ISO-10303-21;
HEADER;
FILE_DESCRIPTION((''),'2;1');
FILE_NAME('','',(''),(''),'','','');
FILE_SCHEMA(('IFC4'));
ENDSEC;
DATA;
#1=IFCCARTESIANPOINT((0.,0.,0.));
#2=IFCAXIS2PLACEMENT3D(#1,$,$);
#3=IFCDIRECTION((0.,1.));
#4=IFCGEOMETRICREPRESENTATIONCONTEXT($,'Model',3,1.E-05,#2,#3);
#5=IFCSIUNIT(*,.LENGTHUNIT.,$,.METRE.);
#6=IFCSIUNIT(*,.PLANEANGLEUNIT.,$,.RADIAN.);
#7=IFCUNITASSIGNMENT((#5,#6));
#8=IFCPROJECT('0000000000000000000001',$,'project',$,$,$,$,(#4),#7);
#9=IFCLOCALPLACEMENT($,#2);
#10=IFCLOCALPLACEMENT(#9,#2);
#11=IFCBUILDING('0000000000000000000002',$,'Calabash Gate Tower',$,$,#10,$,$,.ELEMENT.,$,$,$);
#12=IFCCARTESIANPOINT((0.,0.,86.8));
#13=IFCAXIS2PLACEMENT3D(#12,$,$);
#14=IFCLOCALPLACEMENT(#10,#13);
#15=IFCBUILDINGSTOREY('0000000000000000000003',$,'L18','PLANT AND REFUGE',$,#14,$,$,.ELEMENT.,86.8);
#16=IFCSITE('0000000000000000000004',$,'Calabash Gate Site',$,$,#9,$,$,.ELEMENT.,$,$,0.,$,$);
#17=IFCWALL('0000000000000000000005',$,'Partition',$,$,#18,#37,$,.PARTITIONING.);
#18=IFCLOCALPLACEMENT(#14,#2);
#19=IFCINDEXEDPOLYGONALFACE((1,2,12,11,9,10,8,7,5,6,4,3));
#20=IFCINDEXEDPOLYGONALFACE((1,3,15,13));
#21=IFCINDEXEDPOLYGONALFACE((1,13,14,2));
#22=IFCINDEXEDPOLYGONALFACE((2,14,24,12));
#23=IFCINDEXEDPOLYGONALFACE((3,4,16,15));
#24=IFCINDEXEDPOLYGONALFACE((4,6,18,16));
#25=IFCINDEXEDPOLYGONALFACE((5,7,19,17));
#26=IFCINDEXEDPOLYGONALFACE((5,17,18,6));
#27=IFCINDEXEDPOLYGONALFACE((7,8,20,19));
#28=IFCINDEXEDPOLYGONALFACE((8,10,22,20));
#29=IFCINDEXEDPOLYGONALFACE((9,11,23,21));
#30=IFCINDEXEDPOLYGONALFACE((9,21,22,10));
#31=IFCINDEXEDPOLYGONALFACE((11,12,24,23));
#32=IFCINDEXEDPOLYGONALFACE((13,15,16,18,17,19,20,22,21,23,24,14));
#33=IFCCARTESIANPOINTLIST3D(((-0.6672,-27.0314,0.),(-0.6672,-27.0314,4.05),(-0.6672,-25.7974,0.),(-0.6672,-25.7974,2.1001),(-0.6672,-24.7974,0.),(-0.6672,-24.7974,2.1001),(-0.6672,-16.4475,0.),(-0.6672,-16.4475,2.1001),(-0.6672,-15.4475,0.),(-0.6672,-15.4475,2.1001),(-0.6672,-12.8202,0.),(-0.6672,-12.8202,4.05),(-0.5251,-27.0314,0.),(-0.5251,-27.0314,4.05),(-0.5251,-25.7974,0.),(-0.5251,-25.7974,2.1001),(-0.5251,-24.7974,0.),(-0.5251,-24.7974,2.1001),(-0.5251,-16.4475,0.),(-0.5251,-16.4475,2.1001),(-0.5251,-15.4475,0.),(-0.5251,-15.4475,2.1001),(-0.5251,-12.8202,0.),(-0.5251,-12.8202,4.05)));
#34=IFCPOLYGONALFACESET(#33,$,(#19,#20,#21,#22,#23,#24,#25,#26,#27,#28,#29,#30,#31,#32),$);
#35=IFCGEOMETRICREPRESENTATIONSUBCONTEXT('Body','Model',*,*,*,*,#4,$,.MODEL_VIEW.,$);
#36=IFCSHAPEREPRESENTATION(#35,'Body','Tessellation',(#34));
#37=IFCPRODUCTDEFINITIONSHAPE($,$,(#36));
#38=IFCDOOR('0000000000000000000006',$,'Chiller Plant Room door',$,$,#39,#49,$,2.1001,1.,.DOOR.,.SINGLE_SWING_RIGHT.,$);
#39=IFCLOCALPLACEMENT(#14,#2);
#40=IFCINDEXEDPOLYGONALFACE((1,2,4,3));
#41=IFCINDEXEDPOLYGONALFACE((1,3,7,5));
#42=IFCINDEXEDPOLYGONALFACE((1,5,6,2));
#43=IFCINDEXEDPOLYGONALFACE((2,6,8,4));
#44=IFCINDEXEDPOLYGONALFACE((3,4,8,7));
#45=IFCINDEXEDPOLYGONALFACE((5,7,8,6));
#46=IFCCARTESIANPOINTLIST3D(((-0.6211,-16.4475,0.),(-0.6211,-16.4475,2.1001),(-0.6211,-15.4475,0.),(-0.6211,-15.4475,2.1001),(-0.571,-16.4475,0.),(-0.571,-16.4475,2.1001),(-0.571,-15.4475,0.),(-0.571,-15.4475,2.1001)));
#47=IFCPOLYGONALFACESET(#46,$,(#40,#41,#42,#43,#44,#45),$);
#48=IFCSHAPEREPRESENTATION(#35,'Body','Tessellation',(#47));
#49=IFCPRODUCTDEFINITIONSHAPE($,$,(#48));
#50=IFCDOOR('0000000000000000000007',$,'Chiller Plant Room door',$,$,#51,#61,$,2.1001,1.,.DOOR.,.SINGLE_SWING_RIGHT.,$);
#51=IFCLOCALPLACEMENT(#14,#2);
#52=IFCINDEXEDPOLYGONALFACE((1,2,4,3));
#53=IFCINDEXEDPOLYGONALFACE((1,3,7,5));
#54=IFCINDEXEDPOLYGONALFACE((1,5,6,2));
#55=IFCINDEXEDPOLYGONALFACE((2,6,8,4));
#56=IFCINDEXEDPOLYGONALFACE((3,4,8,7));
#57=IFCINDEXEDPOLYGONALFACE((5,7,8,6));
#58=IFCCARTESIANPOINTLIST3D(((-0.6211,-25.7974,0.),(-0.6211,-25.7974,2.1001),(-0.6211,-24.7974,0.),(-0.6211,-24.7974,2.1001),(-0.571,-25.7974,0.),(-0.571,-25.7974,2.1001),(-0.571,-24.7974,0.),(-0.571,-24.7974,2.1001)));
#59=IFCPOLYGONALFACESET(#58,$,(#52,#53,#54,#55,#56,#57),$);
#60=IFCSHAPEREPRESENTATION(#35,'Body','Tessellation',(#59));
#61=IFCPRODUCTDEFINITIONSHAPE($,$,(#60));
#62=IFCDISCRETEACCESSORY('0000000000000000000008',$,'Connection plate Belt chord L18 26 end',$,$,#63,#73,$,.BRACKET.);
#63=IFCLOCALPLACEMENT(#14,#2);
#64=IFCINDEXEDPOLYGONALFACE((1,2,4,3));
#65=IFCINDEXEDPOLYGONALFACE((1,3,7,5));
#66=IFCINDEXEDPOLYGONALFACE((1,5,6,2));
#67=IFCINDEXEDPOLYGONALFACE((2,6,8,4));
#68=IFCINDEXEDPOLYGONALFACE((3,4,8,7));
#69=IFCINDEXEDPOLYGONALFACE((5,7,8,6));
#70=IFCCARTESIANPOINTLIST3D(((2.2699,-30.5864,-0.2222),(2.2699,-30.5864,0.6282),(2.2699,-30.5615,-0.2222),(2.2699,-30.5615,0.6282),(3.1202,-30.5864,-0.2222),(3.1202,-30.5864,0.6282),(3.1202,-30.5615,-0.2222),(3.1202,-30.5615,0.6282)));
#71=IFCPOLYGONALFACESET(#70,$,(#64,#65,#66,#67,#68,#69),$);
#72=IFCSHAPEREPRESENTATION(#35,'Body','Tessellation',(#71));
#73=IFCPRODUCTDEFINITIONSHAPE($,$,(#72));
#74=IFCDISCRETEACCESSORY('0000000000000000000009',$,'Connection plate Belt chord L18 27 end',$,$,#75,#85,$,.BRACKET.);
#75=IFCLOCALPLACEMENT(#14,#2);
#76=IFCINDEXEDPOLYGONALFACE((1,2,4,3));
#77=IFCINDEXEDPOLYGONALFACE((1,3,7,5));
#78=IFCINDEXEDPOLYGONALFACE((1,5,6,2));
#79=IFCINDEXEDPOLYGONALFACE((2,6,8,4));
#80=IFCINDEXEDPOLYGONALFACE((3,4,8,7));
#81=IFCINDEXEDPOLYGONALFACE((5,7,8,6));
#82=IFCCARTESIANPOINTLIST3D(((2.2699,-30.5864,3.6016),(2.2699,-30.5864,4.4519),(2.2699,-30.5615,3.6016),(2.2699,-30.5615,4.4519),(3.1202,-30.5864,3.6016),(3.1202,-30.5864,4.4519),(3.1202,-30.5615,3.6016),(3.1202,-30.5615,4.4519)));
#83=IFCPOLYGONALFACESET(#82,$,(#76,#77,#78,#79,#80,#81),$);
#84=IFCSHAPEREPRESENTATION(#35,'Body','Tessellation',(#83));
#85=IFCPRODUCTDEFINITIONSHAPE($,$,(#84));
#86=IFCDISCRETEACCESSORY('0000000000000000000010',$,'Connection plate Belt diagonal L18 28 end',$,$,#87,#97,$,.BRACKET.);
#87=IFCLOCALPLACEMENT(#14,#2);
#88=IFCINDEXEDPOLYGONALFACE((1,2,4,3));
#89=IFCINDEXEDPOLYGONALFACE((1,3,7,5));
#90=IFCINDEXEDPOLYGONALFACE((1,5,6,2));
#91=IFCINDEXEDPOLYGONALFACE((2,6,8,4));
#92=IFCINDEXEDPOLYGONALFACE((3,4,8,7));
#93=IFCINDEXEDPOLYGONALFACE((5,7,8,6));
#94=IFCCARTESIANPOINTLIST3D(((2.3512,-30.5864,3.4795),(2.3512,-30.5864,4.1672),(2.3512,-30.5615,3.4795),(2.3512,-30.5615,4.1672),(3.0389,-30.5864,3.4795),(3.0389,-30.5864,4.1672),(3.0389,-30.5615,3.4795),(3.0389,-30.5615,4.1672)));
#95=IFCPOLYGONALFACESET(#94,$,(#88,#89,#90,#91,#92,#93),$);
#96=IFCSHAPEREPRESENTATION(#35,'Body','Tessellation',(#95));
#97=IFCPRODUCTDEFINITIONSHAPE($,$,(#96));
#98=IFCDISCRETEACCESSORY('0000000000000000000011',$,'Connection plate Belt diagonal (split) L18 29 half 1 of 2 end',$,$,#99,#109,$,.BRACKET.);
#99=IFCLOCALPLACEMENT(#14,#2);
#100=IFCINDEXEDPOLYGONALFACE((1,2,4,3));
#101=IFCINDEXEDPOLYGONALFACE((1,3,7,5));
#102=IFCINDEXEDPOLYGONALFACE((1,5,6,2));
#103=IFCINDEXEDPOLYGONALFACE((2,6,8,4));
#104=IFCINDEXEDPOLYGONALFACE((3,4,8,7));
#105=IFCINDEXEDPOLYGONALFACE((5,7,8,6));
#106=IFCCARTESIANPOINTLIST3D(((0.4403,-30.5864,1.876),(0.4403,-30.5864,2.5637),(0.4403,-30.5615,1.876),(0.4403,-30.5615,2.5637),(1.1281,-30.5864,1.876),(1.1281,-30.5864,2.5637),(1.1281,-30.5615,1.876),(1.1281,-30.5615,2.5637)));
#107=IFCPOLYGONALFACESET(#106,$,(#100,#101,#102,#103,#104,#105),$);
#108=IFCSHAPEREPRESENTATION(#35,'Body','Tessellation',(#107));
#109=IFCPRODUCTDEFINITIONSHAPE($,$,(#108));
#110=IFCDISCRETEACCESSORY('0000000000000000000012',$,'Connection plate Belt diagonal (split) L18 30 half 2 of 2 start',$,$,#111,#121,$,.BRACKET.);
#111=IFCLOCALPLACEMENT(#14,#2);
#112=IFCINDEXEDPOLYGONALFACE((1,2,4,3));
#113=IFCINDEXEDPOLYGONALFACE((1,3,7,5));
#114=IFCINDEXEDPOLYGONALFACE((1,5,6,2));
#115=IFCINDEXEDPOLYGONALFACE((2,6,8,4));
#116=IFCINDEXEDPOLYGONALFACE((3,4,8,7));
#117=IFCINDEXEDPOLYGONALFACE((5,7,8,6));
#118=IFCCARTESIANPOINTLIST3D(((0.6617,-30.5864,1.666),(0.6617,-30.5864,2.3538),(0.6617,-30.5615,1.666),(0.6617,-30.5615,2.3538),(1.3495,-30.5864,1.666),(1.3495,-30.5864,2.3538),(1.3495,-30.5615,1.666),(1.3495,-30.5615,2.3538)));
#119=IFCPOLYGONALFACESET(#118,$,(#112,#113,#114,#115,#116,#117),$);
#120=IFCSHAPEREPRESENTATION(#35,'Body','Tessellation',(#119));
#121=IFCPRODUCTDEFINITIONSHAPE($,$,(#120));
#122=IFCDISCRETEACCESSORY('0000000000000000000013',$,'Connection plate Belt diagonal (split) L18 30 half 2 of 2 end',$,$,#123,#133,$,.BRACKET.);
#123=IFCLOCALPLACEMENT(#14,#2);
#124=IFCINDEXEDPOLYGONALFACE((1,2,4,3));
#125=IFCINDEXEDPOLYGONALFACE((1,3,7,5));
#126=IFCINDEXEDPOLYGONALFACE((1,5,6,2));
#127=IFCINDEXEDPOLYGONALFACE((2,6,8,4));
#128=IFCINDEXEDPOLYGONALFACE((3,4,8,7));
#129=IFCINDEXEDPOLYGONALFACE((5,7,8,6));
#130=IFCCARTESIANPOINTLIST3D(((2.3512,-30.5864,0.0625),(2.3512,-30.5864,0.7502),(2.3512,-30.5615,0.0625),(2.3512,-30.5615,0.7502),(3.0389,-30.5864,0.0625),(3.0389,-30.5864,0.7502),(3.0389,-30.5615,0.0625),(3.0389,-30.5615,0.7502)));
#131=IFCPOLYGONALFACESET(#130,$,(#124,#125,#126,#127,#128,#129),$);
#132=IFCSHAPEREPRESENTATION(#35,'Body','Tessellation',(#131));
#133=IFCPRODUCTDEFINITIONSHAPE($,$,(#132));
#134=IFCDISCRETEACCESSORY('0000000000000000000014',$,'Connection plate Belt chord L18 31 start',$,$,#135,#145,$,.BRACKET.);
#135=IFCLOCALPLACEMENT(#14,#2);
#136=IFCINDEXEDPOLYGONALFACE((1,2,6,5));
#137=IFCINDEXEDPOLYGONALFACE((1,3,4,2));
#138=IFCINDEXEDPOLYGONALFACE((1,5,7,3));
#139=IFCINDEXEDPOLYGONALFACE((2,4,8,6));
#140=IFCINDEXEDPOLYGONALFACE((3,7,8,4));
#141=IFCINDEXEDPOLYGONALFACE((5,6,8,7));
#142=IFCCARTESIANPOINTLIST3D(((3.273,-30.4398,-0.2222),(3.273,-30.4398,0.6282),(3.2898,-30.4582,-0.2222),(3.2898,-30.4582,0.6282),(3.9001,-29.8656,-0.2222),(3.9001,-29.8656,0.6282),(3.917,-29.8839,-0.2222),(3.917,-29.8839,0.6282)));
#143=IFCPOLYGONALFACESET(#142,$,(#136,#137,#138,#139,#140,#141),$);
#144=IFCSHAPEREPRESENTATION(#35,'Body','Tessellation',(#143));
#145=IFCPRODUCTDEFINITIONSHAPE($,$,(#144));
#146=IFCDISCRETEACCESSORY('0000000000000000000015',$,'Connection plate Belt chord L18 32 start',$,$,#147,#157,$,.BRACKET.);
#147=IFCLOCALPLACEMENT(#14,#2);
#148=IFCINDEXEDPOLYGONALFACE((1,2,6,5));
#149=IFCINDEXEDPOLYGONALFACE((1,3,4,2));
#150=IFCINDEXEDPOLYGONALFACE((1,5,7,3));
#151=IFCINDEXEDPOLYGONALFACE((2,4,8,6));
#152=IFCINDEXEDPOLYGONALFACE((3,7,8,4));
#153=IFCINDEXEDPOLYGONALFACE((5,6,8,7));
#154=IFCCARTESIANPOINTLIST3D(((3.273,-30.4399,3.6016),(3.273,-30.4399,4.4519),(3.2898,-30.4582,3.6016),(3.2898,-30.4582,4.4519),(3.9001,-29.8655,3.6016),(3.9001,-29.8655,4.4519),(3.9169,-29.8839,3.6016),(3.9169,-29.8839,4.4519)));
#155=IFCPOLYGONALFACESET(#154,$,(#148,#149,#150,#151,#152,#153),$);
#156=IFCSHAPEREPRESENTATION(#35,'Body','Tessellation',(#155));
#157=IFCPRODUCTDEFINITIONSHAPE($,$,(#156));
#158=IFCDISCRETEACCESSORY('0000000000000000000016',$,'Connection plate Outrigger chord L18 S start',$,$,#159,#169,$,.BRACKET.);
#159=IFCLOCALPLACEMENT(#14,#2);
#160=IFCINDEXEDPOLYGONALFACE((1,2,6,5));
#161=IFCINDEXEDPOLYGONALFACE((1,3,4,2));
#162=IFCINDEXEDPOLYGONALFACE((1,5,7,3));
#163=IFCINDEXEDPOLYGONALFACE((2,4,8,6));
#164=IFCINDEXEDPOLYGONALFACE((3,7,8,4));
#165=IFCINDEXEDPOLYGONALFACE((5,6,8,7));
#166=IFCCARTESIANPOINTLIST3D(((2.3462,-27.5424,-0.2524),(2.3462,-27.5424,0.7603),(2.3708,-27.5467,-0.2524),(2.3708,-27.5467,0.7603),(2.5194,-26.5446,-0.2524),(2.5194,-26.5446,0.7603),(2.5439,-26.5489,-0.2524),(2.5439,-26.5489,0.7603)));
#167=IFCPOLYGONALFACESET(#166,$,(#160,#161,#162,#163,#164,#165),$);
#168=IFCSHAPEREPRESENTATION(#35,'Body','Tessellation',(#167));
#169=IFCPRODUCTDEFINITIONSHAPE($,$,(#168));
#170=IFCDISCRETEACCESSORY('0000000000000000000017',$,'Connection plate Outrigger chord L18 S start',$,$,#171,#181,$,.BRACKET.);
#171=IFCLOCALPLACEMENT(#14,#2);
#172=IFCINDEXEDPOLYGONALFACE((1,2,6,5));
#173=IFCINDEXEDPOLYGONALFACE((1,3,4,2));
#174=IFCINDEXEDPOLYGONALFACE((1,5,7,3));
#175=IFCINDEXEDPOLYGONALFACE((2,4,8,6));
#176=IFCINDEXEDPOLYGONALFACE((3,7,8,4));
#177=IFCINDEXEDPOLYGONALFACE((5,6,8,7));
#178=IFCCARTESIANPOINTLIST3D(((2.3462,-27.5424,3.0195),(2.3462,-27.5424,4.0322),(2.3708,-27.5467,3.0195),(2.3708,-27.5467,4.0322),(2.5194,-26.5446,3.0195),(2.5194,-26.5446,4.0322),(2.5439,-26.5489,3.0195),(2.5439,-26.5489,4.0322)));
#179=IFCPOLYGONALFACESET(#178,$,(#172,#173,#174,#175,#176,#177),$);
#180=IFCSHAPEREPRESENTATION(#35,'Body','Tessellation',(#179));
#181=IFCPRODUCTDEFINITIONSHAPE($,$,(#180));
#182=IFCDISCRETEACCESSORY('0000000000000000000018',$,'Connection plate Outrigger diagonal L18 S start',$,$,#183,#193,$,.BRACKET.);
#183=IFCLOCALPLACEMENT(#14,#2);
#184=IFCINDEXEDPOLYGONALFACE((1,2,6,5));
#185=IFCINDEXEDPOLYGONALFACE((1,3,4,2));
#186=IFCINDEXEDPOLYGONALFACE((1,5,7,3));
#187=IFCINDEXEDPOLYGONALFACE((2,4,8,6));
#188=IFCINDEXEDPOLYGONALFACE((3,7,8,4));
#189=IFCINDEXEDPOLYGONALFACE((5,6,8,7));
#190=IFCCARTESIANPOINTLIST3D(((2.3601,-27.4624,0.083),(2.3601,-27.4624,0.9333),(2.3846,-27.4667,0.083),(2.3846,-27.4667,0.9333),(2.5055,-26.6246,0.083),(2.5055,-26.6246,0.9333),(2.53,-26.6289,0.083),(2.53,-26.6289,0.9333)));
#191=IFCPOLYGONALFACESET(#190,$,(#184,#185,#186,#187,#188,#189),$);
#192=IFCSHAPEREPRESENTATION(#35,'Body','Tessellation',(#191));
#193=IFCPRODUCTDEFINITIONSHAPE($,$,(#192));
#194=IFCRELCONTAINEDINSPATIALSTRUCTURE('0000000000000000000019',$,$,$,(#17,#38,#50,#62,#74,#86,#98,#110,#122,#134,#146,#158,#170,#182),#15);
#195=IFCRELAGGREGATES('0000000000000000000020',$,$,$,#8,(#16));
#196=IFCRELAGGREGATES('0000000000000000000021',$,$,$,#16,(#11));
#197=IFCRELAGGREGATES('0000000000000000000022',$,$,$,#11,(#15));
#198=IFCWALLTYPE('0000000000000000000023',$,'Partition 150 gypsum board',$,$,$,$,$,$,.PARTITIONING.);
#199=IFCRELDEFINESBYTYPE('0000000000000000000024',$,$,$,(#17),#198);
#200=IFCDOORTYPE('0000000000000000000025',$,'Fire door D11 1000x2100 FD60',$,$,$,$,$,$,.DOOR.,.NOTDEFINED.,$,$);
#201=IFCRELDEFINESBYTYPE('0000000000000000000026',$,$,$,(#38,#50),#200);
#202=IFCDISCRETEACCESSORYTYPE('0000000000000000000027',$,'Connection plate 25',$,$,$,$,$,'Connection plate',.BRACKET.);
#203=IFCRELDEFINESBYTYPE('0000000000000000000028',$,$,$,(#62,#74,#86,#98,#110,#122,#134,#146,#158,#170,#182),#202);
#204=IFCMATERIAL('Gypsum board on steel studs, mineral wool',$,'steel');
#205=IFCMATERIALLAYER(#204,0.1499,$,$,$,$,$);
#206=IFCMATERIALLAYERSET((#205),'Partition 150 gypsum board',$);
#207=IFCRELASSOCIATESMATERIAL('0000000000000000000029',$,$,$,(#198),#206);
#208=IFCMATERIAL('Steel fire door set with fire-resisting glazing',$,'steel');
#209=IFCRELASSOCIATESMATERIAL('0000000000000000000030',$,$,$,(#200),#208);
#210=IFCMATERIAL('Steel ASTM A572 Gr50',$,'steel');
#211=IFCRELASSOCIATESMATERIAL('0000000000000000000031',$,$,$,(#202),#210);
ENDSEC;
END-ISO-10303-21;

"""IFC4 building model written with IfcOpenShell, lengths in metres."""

from ifc_helpers import new_model, si_unit, direction, frame, frame_2d, origin, origin_2d, place, context, subcontext, project, spatial, rectangle, extrude, material, layer, layer_set, type_object, element, fill, save


model = new_model("IFC4")

# Units and contexts
model_context = context("Model", 3, precision=1e-05, world=origin(), true_north=direction((0.0, 1.0)))
body_context = subcontext(model_context, "Body", "Model", "MODEL_VIEW")
ifc_project = project(units=[si_unit("LENGTHUNIT", "METRE"), si_unit("PLANEANGLEUNIT", "RADIAN")], contexts=[model_context])

# Site, building, storey
site_placement = place(None, origin())
site = spatial("IfcSite", under=ifc_project, at=site_placement, Name="Calabash Gate Site", CompositionType="ELEMENT", RefElevation=0.0)
building_placement = place(site_placement, origin())
building = spatial("IfcBuilding", under=site, at=building_placement, Name="Calabash Gate Tower", CompositionType="ELEMENT")
storey_placement = place(building_placement, frame((0.0, 0.0, 86.8)))
storey = spatial("IfcBuildingStorey", under=building, at=storey_placement, Name="L18", Description="PLANT AND REFUGE", CompositionType="ELEMENT", Elevation=86.8)

# Shared definitions
ifc_material_1 = material(Name="Gypsum board on steel studs, mineral wool", Category="steel")
ifc_layer = layer(ifc_material_1, 0.1499)
ifc_layer_set = layer_set([ifc_layer], Name="Partition 150 gypsum board")
wall_type = type_object("IfcWallType", Name="Partition 150 gypsum board", PredefinedType="PARTITIONING", material=ifc_layer_set)

# Wall, openings, doors
wall_1_placement = place(storey_placement, frame((-0.5962, -27.0312, 0.0), z_axis=(0.0, 0.0, 1.0), x_axis=(0.0, 1.0, 0.0)))
wall_1 = element("IfcWall", 1, at=wall_1_placement, inside=storey, type_object=wall_type, Name="Partition", PredefinedType="PARTITIONING", context=body_context, shape_type="SweptSolid", body=[
    extrude(rectangle(XDim=14.2112, YDim=0.1421, at=frame_2d((7.1055, 0.0))), origin(), (0.0, 0.0, 1.0), 4.05),
])
opening_1_placement = place(wall_1_placement, frame((10.5837, 0.0, 0.0)))
opening_1 = element("IfcOpeningElement", 2, at=opening_1_placement, cuts=wall_1, PredefinedType="OPENING", context=body_context, shape_type="SweptSolid", body=[
    extrude(rectangle(XDim=1.0, YDim=2.1001, at=frame_2d((0.5, 1.05))), frame((0.0, 0.0811, 0.0), z_axis=(0.0, -1.0, 0.0), x_axis=(1.0, 0.0, 0.0)), (0.0, 0.0, 1.0), 0.1621),
])
opening_2_placement = place(wall_1_placement, frame((1.2339, 0.0, 0.0)))
opening_2 = element("IfcOpeningElement", 3, at=opening_2_placement, cuts=wall_1, PredefinedType="OPENING", context=body_context, shape_type="SweptSolid", body=[
    extrude(rectangle(XDim=1.0, YDim=2.1001, at=frame_2d((0.5, 1.05))), frame((0.0, 0.0811, 0.0), z_axis=(0.0, -1.0, 0.0), x_axis=(1.0, 0.0, 0.0)), (0.0, 0.0, 1.0), 0.1621),
])
ifc_material_2 = material(Name="Steel fire door set with fire-resisting glazing", Category="steel")
door_type = type_object("IfcDoorType", Name="Fire door D11 1000x2100 FD60", OperationType="NOTDEFINED", PredefinedType="DOOR", material=ifc_material_2)
door_1_placement = place(opening_1_placement, origin())
door_1 = element("IfcDoor", 4, at=door_1_placement, inside=storey, type_object=door_type, Name="Chiller Plant Room door", OperationType="SINGLE_SWING_RIGHT", OverallHeight=2.1001, OverallWidth=1.0, PredefinedType="DOOR", context=body_context, shape_type="SweptSolid", body=[
    extrude(rectangle(XDim=1.0, YDim=2.1001, at=frame_2d((0.5, 1.05))), frame((0.0, 0.0249, 0.0), z_axis=(0.0, -1.0, 0.0), x_axis=(1.0, 0.0, 0.0)), (0.0, 0.0, 1.0), 0.05),
])
fill(opening_1, door_1)
door_2_placement = place(opening_2_placement, origin())
door_2 = element("IfcDoor", 5, at=door_2_placement, inside=storey, type_object=door_type, Name="Chiller Plant Room door", OperationType="SINGLE_SWING_RIGHT", OverallHeight=2.1001, OverallWidth=1.0, PredefinedType="DOOR", context=body_context, shape_type="SweptSolid", body=[
    extrude(rectangle(XDim=1.0, YDim=2.1001, at=frame_2d((0.5, 1.05))), frame((0.0, 0.0249, 0.0), z_axis=(0.0, -1.0, 0.0), x_axis=(1.0, 0.0, 0.0)), (0.0, 0.0, 1.0), 0.05),
])
fill(opening_2, door_2)

# Discrete accessories
ifc_material_3 = material(Name="Steel ASTM A572 Gr50", Category="steel")
discrete_accessory_type = type_object("IfcDiscreteAccessoryType", Name="Connection plate 25", ElementType="Connection plate", PredefinedType="BRACKET", material=ifc_material_3)
for number, where, z_axis, x_axis, name in (
    (6, (2.6951, -30.574, -0.2222), (0.0, 0.0, 1.0), (1.0, 0.0, 0.0), "Connection plate Belt chord L18 26 end"),
    (7, (2.6951, -30.574, 3.6016), (0.0, 0.0, 1.0), (1.0, 0.0, 0.0), "Connection plate Belt chord L18 27 end"),
):
    element("IfcDiscreteAccessory", number, at=place(storey_placement, frame(where, z_axis=z_axis, x_axis=x_axis)), inside=storey, type_object=discrete_accessory_type, Name=name, PredefinedType="BRACKET", context=body_context, shape_type="SweptSolid", body=[
        extrude(rectangle(XDim=0.8503, YDim=0.0249, at=origin_2d()), origin(), (0.0, 0.0, 1.0), 0.8503),
    ])
for number, where, z_axis, x_axis, name in (
    (8, (2.6951, -30.574, 3.4795), (0.0, 0.0, 1.0), (1.0, 0.0, 0.0), "Connection plate Belt diagonal L18 28 end"),
    (9, (0.7842, -30.574, 1.876), (0.0, 0.0, 1.0), (1.0, 0.0, 0.0), "Connection plate Belt diagonal (split) L18 29 half 1 of 2 end"),
    (10, (1.0056, -30.574, 1.666), (0.0, 0.0, 1.0), (1.0, 0.0, 0.0), "Connection plate Belt diagonal (split) L18 30 half 2 of 2 start"),
    (11, (2.6951, -30.574, 0.0625), (0.0, 0.0, 1.0), (1.0, 0.0, 0.0), "Connection plate Belt diagonal (split) L18 30 half 2 of 2 end"),
):
    element("IfcDiscreteAccessory", number, at=place(storey_placement, frame(where, z_axis=z_axis, x_axis=x_axis)), inside=storey, type_object=discrete_accessory_type, Name=name, PredefinedType="BRACKET", context=body_context, shape_type="SweptSolid", body=[
        extrude(rectangle(XDim=0.6877, YDim=0.0249, at=origin_2d()), origin(), (0.0, 0.0, 1.0), 0.6877),
    ])
for number, where, z_axis, x_axis, name in (
    (12, (3.595, -30.1619, -0.2222), (0.0, 0.0, 1.0), (0.737536, 0.675308, 0.0), "Connection plate Belt chord L18 31 start"),
    (13, (3.595, -30.1619, 3.6016), (0.0, 0.0, 1.0), (0.737436, 0.675416, 0.0), "Connection plate Belt chord L18 32 start"),
):
    element("IfcDiscreteAccessory", number, at=place(storey_placement, frame(where, z_axis=z_axis, x_axis=x_axis)), inside=storey, type_object=discrete_accessory_type, Name=name, PredefinedType="BRACKET", context=body_context, shape_type="SweptSolid", body=[
        extrude(rectangle(XDim=0.8503, YDim=0.0249, at=origin_2d()), origin(), (0.0, 0.0, 1.0), 0.8503),
    ])
for number, where, z_axis, x_axis, name in (
    (14, (2.4451, -27.0457, -0.2524), (0.0, 0.0, 1.0), (0.170985, 0.985274, 0.0), "Connection plate Outrigger chord L18 S start"),
    (15, (2.4451, -27.0457, 3.0195), (0.0, 0.0, 1.0), (0.170985, 0.985274, 0.0), "Connection plate Outrigger chord L18 S start"),
):
    element("IfcDiscreteAccessory", number, at=place(storey_placement, frame(where, z_axis=z_axis, x_axis=x_axis)), inside=storey, type_object=discrete_accessory_type, Name=name, PredefinedType="BRACKET", context=body_context, shape_type="SweptSolid", body=[
        extrude(rectangle(XDim=1.0127, YDim=0.0249, at=origin_2d()), origin(), (0.0, 0.0, 1.0), 1.0127),
    ])
discrete_accessory_placement = place(storey_placement, frame((2.4451, -27.0457, 0.083), z_axis=(0.0, 0.0, 1.0), x_axis=(0.170985, 0.985274, 0.0)))
element("IfcDiscreteAccessory", 16, at=discrete_accessory_placement, inside=storey, type_object=discrete_accessory_type, Name="Connection plate Outrigger diagonal L18 S start", PredefinedType="BRACKET", context=body_context, shape_type="SweptSolid", body=[
    extrude(rectangle(XDim=0.8503, YDim=0.0249, at=origin_2d()), origin(), (0.0, 0.0, 1.0), 0.8503),
])

save(model, "model.ifc")
